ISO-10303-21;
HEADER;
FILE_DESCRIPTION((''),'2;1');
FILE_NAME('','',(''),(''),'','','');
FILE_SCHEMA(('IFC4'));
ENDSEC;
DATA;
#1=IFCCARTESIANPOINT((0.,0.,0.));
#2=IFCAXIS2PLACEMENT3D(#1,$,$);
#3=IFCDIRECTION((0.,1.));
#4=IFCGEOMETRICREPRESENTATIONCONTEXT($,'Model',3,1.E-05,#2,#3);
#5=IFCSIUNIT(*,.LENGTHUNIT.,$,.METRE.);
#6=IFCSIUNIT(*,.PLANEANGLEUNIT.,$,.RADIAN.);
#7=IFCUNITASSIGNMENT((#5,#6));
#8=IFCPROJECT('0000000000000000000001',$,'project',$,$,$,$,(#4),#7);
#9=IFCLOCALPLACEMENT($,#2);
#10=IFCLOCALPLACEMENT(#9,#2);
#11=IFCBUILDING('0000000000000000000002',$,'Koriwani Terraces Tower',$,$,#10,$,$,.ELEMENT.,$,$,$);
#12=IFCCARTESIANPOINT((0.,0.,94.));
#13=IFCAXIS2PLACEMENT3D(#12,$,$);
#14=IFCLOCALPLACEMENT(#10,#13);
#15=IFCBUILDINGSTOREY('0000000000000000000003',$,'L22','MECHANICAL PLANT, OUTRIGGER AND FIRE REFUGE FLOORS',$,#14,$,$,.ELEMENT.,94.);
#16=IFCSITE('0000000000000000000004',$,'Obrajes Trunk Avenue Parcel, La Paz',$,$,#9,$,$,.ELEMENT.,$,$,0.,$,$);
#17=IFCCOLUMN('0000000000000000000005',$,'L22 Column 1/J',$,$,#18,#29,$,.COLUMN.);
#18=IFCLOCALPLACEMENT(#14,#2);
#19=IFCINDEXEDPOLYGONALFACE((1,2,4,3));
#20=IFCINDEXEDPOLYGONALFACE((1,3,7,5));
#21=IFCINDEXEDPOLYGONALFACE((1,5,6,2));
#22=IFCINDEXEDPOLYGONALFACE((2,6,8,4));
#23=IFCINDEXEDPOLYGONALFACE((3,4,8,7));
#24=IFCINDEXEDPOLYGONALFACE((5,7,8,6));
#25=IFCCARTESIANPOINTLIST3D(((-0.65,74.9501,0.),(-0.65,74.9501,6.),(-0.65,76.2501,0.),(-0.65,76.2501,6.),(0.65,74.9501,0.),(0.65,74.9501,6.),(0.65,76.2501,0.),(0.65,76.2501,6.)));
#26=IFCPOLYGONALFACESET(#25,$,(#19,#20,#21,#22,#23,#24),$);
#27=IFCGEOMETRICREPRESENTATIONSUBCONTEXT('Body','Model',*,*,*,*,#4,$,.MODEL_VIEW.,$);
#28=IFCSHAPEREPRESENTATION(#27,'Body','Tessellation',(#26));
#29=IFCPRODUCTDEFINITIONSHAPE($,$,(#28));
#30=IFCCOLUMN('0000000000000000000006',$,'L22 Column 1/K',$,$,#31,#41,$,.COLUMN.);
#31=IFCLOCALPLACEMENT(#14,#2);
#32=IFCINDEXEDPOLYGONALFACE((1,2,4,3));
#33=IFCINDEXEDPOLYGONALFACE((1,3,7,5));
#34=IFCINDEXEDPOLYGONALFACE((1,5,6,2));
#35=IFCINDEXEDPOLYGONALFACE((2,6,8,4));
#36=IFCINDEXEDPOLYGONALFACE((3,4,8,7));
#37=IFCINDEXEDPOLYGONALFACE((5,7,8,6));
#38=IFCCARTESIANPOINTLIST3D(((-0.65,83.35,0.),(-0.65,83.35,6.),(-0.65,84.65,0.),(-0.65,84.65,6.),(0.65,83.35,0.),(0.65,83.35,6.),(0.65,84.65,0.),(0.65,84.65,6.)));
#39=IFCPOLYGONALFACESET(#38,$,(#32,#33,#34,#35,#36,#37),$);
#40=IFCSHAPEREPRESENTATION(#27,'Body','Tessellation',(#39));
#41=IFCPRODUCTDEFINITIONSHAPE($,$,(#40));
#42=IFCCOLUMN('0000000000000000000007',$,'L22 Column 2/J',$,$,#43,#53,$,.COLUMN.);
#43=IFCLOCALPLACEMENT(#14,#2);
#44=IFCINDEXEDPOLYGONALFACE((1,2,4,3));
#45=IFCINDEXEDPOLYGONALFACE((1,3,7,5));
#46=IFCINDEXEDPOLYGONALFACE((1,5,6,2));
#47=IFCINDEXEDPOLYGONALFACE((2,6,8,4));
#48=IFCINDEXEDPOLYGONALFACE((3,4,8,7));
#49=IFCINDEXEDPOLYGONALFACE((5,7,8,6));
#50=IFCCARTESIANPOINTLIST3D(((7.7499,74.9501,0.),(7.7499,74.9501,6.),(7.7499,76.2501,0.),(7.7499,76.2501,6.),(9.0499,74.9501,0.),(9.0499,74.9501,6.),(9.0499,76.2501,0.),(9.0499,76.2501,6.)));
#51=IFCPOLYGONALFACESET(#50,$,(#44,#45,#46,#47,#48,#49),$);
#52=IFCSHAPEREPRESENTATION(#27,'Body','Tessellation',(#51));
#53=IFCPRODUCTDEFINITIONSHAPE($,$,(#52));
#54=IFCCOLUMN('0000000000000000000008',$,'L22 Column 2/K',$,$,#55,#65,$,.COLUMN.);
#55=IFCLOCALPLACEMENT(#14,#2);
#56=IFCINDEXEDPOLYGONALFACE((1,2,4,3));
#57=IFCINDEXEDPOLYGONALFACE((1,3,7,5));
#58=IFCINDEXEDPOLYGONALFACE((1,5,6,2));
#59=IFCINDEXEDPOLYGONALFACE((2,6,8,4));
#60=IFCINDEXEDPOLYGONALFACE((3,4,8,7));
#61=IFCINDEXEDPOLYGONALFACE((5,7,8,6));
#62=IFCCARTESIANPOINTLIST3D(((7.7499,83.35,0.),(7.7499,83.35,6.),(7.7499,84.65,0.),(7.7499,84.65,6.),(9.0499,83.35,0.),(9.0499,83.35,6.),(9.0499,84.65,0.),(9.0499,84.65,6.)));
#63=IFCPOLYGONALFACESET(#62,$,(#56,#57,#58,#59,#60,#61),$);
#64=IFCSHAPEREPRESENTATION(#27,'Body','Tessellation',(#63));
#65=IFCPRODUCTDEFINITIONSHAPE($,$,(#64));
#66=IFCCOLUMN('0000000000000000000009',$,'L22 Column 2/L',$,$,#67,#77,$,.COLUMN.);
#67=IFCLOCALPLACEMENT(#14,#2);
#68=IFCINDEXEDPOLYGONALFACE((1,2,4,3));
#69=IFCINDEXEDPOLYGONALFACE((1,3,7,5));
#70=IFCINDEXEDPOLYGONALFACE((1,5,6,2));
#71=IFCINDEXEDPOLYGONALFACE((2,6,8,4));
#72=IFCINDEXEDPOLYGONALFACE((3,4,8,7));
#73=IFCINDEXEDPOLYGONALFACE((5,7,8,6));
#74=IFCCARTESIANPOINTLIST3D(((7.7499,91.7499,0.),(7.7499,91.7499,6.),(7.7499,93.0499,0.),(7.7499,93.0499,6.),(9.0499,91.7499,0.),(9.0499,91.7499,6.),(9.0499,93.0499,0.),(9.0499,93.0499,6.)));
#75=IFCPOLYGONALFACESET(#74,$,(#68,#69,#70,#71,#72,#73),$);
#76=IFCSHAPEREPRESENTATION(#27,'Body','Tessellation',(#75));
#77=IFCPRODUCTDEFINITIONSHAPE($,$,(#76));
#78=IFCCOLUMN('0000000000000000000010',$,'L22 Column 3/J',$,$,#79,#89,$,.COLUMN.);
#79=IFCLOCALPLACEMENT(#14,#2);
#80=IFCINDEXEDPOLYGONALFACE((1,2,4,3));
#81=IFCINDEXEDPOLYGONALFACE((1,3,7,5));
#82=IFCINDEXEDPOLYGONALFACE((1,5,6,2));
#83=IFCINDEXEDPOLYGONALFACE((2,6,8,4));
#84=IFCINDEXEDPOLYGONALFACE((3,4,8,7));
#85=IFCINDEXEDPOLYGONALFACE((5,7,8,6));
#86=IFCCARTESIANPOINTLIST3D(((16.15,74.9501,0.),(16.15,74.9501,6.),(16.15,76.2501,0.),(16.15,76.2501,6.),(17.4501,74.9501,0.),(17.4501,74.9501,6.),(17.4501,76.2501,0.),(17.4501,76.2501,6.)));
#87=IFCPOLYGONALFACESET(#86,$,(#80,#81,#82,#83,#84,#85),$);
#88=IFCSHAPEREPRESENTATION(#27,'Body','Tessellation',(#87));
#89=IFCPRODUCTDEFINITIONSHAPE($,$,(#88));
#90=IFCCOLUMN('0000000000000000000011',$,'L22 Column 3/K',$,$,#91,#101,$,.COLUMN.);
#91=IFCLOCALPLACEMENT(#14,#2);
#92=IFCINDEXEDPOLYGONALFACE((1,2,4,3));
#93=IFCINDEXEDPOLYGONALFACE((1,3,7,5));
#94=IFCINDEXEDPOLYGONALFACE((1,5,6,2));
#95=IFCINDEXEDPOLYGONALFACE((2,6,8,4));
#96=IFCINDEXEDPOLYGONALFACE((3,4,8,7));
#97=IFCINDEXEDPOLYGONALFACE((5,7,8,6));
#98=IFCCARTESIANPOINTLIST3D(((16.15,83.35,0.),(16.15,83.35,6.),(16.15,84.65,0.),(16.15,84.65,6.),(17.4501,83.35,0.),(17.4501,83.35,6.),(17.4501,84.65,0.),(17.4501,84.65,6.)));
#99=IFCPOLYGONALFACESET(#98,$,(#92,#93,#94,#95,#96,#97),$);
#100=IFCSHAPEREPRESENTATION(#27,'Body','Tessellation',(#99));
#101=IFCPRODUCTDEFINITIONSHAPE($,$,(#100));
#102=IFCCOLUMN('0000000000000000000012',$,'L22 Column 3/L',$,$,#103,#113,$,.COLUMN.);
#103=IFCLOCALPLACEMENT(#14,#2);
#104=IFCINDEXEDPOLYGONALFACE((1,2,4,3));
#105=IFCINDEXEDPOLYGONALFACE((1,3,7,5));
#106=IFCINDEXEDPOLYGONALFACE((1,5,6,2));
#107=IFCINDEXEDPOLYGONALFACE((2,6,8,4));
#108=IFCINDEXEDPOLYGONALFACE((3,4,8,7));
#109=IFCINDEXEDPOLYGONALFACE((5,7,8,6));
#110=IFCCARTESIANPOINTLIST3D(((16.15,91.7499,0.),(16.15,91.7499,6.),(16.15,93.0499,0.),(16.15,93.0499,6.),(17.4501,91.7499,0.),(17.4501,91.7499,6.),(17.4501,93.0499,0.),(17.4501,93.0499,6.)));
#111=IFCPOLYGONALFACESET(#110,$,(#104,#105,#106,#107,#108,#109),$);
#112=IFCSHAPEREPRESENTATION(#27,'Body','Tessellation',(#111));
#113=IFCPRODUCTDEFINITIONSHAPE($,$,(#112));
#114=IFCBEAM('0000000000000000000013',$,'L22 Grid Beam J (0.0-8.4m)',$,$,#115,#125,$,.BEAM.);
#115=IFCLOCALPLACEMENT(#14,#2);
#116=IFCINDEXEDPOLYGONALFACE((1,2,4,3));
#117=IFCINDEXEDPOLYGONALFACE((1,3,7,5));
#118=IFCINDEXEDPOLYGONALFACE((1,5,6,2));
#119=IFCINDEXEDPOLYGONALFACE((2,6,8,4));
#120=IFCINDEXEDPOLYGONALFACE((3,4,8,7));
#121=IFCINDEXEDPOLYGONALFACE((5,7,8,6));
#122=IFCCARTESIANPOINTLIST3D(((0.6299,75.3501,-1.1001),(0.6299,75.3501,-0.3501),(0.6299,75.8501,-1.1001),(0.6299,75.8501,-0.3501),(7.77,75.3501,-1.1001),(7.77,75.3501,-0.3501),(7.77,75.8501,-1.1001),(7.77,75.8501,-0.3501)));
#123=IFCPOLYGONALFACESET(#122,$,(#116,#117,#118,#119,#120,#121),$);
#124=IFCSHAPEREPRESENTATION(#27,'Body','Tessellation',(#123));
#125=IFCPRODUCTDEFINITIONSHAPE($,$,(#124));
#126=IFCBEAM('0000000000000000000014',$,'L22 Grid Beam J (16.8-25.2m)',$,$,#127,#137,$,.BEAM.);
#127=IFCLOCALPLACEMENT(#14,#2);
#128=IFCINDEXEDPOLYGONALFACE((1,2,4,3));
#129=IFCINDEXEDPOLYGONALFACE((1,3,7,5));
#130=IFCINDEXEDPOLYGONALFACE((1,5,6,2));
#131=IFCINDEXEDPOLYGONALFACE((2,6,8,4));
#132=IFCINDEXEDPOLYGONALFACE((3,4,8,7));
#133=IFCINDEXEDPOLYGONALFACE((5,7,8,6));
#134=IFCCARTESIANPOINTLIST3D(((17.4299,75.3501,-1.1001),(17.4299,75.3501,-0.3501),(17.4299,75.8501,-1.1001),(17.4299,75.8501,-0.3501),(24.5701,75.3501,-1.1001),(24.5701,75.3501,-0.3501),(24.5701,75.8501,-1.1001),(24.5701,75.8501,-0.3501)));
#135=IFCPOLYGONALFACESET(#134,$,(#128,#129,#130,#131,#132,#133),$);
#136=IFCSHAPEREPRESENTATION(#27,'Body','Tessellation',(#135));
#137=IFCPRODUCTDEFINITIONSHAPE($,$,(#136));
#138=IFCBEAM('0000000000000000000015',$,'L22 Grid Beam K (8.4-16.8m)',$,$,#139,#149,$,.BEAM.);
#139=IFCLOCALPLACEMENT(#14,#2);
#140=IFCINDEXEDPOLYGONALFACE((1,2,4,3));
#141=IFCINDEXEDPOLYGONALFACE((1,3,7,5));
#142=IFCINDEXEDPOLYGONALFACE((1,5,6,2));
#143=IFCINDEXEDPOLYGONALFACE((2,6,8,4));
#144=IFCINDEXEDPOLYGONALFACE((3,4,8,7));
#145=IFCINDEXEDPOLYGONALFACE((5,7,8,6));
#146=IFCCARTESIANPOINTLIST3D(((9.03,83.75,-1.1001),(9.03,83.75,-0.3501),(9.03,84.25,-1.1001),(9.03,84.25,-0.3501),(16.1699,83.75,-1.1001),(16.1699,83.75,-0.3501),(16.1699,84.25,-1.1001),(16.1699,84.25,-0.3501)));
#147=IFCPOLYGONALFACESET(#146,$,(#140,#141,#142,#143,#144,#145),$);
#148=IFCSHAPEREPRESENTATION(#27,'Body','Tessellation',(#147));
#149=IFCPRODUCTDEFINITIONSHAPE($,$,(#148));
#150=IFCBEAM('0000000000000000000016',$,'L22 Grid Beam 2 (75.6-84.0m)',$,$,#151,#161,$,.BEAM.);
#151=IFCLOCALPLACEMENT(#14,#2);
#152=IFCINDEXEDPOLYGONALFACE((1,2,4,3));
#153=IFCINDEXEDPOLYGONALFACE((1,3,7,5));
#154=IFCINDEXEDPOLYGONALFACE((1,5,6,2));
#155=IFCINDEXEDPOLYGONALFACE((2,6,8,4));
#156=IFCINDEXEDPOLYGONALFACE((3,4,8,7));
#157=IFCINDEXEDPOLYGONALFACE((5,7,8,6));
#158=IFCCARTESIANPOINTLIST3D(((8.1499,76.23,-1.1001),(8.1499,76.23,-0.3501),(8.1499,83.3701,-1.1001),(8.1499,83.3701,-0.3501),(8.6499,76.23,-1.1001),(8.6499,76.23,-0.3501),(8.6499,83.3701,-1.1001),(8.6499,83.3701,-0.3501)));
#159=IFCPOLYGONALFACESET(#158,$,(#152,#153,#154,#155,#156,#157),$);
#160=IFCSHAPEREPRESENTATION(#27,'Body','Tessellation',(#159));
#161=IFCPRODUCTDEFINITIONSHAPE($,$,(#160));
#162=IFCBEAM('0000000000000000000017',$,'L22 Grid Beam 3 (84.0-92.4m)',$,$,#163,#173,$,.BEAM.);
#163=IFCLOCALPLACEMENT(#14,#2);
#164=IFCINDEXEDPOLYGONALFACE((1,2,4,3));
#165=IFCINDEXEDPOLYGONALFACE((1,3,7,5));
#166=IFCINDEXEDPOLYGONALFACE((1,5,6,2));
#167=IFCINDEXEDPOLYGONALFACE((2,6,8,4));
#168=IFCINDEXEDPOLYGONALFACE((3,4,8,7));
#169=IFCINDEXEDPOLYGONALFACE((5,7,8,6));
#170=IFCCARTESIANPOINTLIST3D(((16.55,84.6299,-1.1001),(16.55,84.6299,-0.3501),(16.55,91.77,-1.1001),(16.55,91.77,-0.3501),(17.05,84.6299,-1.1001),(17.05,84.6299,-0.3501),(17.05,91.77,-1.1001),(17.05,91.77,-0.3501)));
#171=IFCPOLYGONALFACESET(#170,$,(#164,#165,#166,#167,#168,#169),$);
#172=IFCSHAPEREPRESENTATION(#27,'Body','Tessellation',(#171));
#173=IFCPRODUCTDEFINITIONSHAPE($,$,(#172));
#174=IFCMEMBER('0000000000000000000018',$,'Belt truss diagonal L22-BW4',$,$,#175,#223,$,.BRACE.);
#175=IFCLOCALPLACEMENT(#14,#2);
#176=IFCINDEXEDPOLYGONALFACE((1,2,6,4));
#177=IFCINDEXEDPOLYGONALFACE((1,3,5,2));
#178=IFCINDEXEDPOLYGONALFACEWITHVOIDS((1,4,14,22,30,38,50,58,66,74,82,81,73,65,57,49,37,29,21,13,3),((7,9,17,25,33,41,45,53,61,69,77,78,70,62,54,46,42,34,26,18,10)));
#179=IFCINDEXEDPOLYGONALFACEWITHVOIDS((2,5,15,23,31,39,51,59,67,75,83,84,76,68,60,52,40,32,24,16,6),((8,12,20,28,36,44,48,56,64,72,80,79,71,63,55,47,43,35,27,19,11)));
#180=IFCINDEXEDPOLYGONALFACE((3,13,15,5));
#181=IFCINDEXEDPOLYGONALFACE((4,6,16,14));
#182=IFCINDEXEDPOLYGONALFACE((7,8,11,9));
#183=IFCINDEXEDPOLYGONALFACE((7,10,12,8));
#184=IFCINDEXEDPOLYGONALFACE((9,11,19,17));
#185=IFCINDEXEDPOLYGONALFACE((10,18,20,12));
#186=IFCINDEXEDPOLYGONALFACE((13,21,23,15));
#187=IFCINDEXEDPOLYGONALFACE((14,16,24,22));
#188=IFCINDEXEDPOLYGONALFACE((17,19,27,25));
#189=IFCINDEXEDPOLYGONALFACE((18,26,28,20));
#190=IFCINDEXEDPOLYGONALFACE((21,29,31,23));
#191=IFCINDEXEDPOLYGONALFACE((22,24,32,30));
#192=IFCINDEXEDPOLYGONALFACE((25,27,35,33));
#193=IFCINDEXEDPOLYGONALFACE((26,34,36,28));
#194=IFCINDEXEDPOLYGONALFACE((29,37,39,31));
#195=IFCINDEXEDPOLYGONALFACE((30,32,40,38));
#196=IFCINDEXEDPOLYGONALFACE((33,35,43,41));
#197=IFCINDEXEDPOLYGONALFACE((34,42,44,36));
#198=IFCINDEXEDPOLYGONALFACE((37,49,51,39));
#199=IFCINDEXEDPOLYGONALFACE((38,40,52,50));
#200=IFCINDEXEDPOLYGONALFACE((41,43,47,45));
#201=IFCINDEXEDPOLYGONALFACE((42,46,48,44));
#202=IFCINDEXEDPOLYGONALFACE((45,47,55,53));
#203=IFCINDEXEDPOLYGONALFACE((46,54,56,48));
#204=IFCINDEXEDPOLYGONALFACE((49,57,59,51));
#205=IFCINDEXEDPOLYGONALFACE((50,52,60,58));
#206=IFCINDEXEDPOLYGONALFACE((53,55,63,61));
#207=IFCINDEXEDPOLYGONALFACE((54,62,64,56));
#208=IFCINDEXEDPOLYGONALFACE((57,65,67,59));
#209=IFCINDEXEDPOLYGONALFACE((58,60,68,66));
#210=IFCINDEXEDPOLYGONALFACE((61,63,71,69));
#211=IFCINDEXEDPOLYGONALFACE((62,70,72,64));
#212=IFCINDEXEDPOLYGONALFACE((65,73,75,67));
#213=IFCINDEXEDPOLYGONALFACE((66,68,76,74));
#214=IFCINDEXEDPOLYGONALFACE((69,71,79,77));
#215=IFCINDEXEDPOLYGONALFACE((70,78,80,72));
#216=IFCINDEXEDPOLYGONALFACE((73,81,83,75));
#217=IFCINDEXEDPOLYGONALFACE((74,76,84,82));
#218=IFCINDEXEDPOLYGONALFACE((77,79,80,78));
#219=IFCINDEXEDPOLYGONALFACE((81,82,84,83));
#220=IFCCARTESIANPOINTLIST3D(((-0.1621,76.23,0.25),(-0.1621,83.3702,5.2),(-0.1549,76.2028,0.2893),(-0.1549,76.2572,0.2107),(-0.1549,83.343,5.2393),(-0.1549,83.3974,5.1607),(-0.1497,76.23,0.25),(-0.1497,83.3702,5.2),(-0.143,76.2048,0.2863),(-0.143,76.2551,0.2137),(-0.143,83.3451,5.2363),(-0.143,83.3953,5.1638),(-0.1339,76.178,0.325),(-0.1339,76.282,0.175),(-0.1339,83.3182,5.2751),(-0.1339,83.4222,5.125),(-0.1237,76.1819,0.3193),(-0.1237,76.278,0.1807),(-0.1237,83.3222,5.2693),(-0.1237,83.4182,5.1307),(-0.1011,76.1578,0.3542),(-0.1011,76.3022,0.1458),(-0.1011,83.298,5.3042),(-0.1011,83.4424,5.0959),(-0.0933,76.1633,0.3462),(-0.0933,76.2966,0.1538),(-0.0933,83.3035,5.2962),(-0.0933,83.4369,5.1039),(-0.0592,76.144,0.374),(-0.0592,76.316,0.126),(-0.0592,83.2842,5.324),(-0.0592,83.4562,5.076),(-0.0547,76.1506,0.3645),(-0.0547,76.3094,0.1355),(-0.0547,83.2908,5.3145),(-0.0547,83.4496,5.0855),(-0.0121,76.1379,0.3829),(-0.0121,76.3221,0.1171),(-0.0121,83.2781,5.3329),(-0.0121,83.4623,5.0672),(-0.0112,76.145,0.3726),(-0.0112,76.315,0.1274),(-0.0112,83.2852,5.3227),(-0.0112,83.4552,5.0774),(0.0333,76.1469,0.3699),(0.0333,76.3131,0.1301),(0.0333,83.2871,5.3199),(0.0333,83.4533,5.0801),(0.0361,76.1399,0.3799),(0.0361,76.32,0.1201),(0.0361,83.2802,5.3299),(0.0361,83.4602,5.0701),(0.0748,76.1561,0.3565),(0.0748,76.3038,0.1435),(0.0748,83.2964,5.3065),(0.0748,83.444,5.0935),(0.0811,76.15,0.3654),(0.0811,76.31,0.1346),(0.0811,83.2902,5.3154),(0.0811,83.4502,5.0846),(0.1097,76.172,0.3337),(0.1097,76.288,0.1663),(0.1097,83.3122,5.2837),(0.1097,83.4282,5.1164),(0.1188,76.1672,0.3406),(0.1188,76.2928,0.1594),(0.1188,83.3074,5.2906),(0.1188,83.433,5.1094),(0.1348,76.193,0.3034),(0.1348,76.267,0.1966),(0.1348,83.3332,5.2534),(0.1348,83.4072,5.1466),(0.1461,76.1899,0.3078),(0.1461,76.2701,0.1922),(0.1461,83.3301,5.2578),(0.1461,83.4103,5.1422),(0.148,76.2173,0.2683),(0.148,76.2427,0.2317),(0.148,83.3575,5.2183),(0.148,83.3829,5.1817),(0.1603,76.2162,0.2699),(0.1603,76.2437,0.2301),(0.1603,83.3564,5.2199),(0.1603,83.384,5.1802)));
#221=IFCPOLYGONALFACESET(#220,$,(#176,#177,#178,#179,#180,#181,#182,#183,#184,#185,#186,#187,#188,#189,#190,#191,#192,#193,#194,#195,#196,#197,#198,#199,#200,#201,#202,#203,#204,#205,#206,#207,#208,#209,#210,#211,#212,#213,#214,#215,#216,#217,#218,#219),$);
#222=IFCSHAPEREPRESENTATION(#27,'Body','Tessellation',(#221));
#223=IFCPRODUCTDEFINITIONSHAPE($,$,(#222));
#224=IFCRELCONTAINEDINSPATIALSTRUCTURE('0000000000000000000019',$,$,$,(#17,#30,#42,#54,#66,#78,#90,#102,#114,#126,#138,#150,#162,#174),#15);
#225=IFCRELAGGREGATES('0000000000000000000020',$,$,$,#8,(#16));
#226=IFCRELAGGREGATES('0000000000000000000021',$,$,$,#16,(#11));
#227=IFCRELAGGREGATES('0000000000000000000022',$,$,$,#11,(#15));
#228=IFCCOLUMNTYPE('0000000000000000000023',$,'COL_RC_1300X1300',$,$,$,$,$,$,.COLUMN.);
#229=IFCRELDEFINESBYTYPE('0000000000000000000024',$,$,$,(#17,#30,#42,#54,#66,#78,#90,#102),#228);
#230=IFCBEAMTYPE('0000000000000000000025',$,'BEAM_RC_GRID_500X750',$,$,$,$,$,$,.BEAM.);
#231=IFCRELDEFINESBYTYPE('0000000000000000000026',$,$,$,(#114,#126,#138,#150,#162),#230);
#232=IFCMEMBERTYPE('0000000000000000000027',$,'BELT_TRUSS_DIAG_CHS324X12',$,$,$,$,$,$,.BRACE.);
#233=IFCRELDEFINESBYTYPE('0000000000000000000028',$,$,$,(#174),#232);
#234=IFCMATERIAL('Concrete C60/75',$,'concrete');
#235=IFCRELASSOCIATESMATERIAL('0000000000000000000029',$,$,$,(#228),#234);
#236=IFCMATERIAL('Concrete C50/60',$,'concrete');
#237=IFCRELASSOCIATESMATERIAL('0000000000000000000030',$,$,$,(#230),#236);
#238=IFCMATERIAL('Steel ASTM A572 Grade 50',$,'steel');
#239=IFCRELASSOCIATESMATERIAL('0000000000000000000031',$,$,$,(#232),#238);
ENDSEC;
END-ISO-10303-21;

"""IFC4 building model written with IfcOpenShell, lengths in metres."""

from ifc_helpers import new_model, si_unit, direction, frame, origin, origin_2d, place, context, subcontext, project, spatial, rectangle, hollow_circle, extrude, material, material_profile, profile_set, type_object, element, save


model = new_model("IFC4")

# Units and contexts
model_context = context("Model", 3, precision=1e-05, world=origin(), true_north=direction((0.0, 1.0)))
body_context = subcontext(model_context, "Body", "Model", "MODEL_VIEW")
ifc_project = project(units=[si_unit("LENGTHUNIT", "METRE"), si_unit("PLANEANGLEUNIT", "RADIAN")], contexts=[model_context])

# Site, building, storey
site_placement = place(None, origin())
site = spatial("IfcSite", under=ifc_project, at=site_placement, Name="Obrajes Trunk Avenue Parcel, La Paz", CompositionType="ELEMENT", RefElevation=0.0)
building_placement = place(site_placement, origin())
building = spatial("IfcBuilding", under=site, at=building_placement, Name="Koriwani Terraces Tower", CompositionType="ELEMENT")
storey_placement = place(building_placement, frame((0.0, 0.0, 94.0)))
storey = spatial("IfcBuildingStorey", under=building, at=storey_placement, Name="L22", Description="MECHANICAL PLANT, OUTRIGGER AND FIRE REFUGE FLOORS", CompositionType="ELEMENT", Elevation=94.0)

# Columns
ifc_material_1 = material(Name="Concrete C60/75", Category="concrete")
ifc_material_profile_1 = material_profile(ifc_material_1, rectangle(XDim=1.3, YDim=1.3, at=origin_2d()), Name="Concrete C60/75", Category="LoadBearing")
ifc_profile_set_1 = profile_set([ifc_material_profile_1], Name="Concrete C60/75")
column_type = type_object("IfcColumnType", Name="COL_RC_1300X1300", PredefinedType="COLUMN", material=ifc_profile_set_1)
for number, where, z_axis, x_axis, name in (
    (1, (0.0, 75.6001, 0.0), (0.0, 0.0, 1.0), (1.0, 0.0, 0.0), "L22 Column 1/J"),
    (2, (0.0, 84.0, 0.0), (0.0, 0.0, 1.0), (1.0, 0.0, 0.0), "L22 Column 1/K"),
    (3, (8.3999, 75.6001, 0.0), (0.0, 0.0, 1.0), (1.0, 0.0, 0.0), "L22 Column 2/J"),
    (4, (8.3999, 84.0, 0.0), (0.0, 0.0, 1.0), (1.0, 0.0, 0.0), "L22 Column 2/K"),
    (5, (8.3999, 92.3999, 0.0), (0.0, 0.0, 1.0), (1.0, 0.0, 0.0), "L22 Column 2/L"),
    (6, (16.8, 75.6001, 0.0), (0.0, 0.0, 1.0), (1.0, 0.0, 0.0), "L22 Column 3/J"),
    (7, (16.8, 84.0, 0.0), (0.0, 0.0, 1.0), (1.0, 0.0, 0.0), "L22 Column 3/K"),
    (8, (16.8, 92.3999, 0.0), (0.0, 0.0, 1.0), (1.0, 0.0, 0.0), "L22 Column 3/L"),
):
    element("IfcColumn", number, at=place(storey_placement, frame(where, z_axis=z_axis, x_axis=x_axis)), inside=storey, type_object=column_type, Name=name, PredefinedType="COLUMN", context=body_context, shape_type="SweptSolid", body=[
        extrude(rectangle(XDim=1.3, YDim=1.3, at=origin_2d()), origin(), (0.0, 0.0, 1.0), 6.0),
    ])

# Beams
ifc_material_2 = material(Name="Concrete C50/60", Category="concrete")
ifc_material_profile_2 = material_profile(ifc_material_2, rectangle(XDim=0.5, YDim=0.75, at=origin_2d()), Name="Concrete C50/60", Category="LoadBearing")
ifc_profile_set_2 = profile_set([ifc_material_profile_2], Name="Concrete C50/60")
beam_type_1 = type_object("IfcBeamType", Name="BEAM_RC_GRID_500X750", PredefinedType="BEAM", material=ifc_profile_set_2)
for number, where, z_axis, x_axis, name in (
    (9, (0.6299, 75.6001, -0.7251), (1.0, 0.0, 0.0), (0.0, 1.0, 0.0), "L22 Grid Beam J (0.0-8.4m)"),
    (10, (17.4299, 75.6001, -0.7251), (1.0, 0.0, 0.0), (0.0, 1.0, 0.0), "L22 Grid Beam J (16.8-25.2m)"),
):
    element("IfcBeam", number, at=place(storey_placement, frame(where, z_axis=z_axis, x_axis=x_axis)), inside=storey, type_object=beam_type_1, Name=name, PredefinedType="BEAM", context=body_context, shape_type="SweptSolid", body=[
        extrude(rectangle(XDim=0.5, YDim=0.75, at=origin_2d()), origin(), (0.0, 0.0, 1.0), 7.1401),
    ])
beam_1_placement = place(storey_placement, frame((9.03, 84.0, -0.7251), z_axis=(1.0, 0.0, 0.0), x_axis=(0.0, 1.0, 0.0)))
element("IfcBeam", 11, at=beam_1_placement, inside=storey, type_object=beam_type_1, Name="L22 Grid Beam K (8.4-16.8m)", PredefinedType="BEAM", context=body_context, shape_type="SweptSolid", body=[
    extrude(rectangle(XDim=0.5, YDim=0.75, at=origin_2d()), origin(), (0.0, 0.0, 1.0), 7.1399),
])
for number, where, z_axis, x_axis, name in (
    (12, (8.3999, 76.23, -0.7251), (0.0, 1.0, 0.0), (-1.0, 0.0, 0.0), "L22 Grid Beam 2 (75.6-84.0m)"),
    (13, (16.8, 84.6299, -0.7251), (0.0, 1.0, 0.0), (-1.0, 0.0, 0.0), "L22 Grid Beam 3 (84.0-92.4m)"),
):
    element("IfcBeam", number, at=place(storey_placement, frame(where, z_axis=z_axis, x_axis=x_axis)), inside=storey, type_object=beam_type_1, Name=name, PredefinedType="BEAM", context=body_context, shape_type="SweptSolid", body=[
        extrude(rectangle(XDim=0.5, YDim=0.75, at=origin_2d()), origin(), (0.0, 0.0, 1.0), 7.1401),
    ])

# Member
ifc_material_3 = material(Name="Steel ASTM A572 Grade 50", Category="steel")
ifc_material_profile_3 = material_profile(ifc_material_3, hollow_circle(Radius=0.1621, WallThickness=0.0125, at=origin_2d()), Name="Steel ASTM A572 Grade 50", Category="LoadBearing")
ifc_profile_set_3 = profile_set([ifc_material_profile_3], Name="Steel ASTM A572 Grade 50")
member_type = type_object("IfcMemberType", Name="BELT_TRUSS_DIAG_CHS324X12", PredefinedType="BRACE", material=ifc_profile_set_3)
member_placement = place(storey_placement, frame((0.0, 76.23, 0.25), z_axis=(0.0, 0.821827, 0.569737), x_axis=(-1.0, 0.0, 0.0)))
element("IfcMember", 14, at=member_placement, inside=storey, type_object=member_type, Name="Belt truss diagonal L22-BW4", PredefinedType="BRACE", context=body_context, shape_type="SweptSolid", body=[
    extrude(hollow_circle(Radius=0.1621, WallThickness=0.0125, at=origin_2d()), origin(), (0.0, 0.0, 1.0), 8.6882),
])

save(model, "model.ifc")
